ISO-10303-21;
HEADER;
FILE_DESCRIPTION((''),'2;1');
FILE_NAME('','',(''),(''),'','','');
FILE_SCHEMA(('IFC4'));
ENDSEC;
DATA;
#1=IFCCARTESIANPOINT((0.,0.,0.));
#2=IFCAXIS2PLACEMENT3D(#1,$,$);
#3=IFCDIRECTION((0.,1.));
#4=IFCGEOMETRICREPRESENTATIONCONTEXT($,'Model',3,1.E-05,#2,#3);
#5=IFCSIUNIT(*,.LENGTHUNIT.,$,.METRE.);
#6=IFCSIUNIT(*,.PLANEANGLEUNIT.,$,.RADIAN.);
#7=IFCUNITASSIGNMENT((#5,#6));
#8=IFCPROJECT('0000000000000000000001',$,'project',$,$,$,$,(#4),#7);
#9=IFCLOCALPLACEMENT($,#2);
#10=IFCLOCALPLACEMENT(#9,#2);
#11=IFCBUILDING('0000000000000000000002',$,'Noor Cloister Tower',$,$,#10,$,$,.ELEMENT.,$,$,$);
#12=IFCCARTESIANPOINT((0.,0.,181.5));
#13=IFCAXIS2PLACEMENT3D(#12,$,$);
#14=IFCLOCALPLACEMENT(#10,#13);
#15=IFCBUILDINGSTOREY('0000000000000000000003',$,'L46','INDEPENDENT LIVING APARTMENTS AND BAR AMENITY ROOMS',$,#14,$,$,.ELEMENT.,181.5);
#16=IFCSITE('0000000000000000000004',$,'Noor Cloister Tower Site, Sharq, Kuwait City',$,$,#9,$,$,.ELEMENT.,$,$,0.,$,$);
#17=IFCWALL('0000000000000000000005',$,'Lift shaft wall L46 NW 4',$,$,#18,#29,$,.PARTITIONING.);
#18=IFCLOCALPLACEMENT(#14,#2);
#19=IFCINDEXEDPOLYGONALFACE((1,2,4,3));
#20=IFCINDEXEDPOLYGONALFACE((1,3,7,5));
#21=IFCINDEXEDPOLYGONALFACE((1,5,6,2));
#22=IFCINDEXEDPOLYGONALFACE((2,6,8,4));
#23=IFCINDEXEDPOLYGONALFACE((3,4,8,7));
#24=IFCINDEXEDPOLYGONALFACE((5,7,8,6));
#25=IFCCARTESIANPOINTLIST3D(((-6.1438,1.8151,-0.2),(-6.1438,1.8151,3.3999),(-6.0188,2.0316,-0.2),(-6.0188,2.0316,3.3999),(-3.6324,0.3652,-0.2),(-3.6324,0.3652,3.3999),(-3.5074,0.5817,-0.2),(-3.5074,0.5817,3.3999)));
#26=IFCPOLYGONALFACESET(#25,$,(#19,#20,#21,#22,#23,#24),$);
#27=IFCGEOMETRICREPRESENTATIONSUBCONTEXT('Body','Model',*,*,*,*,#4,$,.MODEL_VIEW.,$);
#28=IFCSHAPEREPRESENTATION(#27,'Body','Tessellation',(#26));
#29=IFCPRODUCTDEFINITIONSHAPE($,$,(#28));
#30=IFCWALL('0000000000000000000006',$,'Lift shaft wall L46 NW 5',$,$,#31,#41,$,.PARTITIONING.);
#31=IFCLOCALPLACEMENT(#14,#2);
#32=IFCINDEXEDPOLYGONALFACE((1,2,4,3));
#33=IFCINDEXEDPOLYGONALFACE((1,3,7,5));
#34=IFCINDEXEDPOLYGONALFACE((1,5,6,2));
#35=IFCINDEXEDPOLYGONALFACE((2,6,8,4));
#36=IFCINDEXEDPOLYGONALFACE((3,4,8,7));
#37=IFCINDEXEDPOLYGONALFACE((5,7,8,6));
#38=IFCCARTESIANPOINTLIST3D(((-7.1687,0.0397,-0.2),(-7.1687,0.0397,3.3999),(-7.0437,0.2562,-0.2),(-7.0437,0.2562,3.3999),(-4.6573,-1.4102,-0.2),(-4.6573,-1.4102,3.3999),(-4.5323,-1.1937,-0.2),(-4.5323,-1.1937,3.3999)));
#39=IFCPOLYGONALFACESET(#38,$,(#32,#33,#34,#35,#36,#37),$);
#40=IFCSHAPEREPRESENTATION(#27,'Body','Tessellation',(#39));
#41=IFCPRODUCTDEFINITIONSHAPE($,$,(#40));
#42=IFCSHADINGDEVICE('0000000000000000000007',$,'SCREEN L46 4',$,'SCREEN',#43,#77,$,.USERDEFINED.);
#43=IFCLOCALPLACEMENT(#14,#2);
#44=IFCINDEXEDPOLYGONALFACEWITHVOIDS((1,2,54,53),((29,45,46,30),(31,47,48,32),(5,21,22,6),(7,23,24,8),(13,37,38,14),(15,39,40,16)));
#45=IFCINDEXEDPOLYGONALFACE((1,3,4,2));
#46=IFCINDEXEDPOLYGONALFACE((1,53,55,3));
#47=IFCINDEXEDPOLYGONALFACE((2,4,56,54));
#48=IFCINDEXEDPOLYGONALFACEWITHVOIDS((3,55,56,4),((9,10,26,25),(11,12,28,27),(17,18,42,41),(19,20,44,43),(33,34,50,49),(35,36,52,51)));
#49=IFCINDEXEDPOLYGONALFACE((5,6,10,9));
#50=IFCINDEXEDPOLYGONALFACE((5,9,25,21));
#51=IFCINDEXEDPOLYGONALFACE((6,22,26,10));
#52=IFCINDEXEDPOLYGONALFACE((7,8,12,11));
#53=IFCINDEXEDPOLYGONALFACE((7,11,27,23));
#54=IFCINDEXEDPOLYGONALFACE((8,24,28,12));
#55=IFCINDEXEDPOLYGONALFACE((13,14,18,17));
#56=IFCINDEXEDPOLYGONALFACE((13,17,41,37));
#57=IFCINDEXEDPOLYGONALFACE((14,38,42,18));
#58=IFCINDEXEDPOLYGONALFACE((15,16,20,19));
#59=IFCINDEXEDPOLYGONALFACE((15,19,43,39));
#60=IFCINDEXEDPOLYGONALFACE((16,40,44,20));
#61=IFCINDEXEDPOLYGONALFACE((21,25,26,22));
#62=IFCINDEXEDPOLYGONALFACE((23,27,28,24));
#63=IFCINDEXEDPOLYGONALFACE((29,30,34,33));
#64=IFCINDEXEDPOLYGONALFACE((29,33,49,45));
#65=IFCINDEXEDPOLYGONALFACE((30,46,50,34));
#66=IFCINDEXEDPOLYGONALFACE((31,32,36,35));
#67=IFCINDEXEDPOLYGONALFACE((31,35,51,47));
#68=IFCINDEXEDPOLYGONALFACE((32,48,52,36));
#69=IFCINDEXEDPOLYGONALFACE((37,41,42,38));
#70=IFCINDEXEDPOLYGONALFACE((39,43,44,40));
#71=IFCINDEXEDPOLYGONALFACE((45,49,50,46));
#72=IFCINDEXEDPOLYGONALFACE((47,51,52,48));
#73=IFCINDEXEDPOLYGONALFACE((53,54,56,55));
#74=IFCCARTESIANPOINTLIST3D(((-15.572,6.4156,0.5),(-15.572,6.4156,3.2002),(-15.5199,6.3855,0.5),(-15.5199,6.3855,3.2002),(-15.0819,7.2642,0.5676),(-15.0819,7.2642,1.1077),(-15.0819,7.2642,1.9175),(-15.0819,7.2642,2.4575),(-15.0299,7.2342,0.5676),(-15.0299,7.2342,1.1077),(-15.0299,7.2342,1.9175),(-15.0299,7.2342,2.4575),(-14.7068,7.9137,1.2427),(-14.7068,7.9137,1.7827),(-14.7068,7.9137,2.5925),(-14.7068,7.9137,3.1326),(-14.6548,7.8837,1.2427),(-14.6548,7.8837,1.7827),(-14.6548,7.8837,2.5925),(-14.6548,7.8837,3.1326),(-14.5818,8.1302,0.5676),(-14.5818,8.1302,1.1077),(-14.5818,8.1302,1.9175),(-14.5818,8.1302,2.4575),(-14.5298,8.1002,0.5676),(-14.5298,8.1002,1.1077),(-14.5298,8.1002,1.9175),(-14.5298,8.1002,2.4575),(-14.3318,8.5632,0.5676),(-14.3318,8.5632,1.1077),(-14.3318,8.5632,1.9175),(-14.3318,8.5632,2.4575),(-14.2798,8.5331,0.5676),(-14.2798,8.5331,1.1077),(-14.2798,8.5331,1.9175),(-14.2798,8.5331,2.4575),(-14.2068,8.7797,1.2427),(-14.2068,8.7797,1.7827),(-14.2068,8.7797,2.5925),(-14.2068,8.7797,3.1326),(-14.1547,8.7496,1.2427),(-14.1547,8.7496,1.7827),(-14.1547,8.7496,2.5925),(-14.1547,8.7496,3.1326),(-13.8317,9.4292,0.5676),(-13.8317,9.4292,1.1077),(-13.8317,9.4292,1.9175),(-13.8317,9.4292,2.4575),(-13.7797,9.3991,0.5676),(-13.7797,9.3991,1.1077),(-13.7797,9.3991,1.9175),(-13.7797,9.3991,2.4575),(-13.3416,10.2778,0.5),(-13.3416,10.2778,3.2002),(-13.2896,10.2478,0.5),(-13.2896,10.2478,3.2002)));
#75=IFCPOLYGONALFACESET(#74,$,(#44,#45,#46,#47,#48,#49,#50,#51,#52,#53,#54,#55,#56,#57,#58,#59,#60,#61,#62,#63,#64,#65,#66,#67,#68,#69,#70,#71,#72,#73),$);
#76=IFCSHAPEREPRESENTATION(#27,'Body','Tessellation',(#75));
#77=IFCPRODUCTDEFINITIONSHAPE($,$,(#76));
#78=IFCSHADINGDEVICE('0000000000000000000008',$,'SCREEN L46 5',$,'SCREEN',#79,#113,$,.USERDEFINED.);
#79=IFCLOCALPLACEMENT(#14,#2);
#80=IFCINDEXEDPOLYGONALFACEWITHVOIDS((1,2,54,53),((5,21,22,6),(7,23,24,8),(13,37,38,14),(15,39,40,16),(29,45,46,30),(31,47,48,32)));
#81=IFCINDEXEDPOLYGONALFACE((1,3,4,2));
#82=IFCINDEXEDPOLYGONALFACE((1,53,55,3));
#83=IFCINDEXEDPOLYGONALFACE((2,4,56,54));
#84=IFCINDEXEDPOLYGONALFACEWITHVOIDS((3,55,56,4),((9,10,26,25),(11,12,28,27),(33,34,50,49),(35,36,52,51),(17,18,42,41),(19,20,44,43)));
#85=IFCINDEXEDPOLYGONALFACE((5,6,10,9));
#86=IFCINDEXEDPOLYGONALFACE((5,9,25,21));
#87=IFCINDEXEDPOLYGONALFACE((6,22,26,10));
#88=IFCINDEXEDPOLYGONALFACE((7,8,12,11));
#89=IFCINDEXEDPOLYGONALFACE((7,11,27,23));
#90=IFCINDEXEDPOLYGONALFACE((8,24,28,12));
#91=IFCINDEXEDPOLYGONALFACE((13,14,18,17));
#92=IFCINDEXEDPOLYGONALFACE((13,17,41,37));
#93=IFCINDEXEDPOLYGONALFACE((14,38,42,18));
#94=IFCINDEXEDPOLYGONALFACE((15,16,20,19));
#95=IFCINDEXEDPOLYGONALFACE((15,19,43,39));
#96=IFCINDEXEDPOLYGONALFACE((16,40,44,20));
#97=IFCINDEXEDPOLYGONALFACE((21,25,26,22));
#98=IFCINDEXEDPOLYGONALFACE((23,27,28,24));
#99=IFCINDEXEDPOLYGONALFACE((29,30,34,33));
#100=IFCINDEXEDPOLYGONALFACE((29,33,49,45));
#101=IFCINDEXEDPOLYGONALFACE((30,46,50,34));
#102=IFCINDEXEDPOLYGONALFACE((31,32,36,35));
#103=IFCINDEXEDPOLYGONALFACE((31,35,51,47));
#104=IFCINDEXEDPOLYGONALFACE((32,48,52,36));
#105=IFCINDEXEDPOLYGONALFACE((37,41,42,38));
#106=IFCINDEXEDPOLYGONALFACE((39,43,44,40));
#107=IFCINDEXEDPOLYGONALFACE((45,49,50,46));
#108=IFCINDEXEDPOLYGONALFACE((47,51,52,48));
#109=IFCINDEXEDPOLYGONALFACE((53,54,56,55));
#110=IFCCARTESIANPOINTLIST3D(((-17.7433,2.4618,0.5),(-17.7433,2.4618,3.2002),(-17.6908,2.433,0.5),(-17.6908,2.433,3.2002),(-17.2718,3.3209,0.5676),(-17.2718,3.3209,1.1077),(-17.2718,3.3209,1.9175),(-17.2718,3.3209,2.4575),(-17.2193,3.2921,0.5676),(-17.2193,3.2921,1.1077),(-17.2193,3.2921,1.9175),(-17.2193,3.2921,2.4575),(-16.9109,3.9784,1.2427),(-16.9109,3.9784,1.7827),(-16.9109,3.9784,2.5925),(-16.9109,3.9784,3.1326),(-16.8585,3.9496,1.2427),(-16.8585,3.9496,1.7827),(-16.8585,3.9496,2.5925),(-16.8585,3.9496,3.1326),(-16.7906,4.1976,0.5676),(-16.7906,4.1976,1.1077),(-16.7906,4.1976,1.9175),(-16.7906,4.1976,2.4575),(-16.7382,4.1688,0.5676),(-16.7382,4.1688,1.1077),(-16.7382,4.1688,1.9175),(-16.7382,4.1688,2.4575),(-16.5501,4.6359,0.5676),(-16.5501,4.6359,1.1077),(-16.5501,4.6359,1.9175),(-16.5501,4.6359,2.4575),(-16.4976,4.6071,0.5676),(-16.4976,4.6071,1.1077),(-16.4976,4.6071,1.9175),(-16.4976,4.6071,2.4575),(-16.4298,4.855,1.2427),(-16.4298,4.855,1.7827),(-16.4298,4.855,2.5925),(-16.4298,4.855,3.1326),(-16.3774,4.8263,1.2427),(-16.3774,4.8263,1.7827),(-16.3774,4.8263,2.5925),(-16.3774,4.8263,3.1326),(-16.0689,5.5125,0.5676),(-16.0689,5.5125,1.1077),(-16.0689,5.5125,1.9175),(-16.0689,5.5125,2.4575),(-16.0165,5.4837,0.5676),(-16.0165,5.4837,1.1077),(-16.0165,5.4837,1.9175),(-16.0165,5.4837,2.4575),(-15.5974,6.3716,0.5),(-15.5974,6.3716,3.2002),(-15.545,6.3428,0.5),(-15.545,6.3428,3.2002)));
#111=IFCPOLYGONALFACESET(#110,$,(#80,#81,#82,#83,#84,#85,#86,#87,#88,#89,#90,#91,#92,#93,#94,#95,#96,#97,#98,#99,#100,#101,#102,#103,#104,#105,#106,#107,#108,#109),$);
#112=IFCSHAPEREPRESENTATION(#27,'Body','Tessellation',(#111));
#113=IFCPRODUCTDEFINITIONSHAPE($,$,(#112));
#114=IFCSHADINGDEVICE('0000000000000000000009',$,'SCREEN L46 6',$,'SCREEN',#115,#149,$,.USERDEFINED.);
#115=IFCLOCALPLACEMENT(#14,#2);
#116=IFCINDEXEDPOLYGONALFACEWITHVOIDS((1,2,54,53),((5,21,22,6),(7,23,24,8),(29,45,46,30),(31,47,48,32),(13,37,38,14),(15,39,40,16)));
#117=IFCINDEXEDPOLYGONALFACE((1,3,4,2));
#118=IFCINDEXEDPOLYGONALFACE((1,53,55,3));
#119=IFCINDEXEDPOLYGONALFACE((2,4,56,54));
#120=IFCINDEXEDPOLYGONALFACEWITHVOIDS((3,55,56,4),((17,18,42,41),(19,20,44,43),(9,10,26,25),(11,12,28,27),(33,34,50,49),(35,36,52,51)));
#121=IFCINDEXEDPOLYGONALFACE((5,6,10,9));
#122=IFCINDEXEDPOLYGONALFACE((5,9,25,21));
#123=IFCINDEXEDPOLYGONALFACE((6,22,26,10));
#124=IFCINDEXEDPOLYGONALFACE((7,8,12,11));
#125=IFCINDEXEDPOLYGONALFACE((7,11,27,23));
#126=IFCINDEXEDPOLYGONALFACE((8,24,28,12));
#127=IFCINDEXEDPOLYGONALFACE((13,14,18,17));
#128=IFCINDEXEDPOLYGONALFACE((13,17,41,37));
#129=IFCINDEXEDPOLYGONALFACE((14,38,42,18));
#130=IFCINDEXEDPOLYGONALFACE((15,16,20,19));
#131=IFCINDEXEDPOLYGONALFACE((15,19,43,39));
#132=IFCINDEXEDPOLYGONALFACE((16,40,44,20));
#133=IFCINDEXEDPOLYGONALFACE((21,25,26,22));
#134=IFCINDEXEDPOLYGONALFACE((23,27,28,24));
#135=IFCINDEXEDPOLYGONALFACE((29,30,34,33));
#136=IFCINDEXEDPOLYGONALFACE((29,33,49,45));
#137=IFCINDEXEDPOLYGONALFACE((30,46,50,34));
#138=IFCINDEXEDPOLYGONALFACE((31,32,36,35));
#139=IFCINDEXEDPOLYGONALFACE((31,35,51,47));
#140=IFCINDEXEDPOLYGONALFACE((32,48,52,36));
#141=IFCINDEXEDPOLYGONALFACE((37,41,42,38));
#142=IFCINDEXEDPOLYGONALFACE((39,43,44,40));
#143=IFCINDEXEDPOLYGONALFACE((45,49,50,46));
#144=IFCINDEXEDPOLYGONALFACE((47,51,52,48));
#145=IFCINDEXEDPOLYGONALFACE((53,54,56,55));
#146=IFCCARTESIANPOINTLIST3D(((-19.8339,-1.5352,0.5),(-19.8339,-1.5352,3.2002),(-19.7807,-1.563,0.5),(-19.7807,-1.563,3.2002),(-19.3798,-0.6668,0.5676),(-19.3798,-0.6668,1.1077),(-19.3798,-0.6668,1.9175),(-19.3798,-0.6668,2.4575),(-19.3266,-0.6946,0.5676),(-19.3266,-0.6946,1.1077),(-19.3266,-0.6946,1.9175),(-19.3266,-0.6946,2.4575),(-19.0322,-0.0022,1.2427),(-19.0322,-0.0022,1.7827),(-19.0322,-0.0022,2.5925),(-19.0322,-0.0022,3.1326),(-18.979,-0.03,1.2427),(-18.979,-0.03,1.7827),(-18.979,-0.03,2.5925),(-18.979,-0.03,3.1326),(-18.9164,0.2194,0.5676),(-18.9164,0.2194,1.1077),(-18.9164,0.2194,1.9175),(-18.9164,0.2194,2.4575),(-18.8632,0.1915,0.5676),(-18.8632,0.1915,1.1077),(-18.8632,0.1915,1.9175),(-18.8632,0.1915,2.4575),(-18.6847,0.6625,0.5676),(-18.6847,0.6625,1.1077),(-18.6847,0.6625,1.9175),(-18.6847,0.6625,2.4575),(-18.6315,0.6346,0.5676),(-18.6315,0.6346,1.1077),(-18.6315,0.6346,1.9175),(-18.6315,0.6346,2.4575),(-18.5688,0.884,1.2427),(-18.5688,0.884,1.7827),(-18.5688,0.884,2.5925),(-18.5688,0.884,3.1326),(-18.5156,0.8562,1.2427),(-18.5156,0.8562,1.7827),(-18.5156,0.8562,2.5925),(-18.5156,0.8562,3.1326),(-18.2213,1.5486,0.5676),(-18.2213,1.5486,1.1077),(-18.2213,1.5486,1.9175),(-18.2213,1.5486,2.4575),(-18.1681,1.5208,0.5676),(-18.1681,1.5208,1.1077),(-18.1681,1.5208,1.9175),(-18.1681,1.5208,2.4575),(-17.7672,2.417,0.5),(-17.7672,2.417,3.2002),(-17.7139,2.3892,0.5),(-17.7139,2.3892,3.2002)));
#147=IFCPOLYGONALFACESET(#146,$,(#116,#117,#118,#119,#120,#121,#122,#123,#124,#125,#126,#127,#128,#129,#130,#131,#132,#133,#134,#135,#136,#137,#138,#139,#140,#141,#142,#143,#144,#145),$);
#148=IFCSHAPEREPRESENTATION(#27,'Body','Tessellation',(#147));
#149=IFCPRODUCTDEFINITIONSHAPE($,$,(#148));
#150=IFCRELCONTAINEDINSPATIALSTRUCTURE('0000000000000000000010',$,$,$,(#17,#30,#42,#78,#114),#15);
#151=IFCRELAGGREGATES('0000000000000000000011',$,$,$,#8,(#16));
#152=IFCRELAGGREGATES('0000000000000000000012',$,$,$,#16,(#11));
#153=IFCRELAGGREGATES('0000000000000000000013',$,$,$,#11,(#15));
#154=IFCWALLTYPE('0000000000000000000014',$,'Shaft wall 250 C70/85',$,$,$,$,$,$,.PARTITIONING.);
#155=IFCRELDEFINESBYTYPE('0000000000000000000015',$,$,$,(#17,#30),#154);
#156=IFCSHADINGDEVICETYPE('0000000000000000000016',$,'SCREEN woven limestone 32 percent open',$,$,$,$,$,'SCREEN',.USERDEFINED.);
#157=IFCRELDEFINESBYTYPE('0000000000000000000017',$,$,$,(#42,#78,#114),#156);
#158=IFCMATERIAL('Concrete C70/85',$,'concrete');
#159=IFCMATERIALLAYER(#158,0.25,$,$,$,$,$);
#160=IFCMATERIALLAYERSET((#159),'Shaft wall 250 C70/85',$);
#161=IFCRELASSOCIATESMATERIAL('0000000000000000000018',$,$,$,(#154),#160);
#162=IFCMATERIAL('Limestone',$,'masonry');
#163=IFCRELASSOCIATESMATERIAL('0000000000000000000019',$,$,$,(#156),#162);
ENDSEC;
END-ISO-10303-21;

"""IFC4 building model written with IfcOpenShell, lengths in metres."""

from ifc_helpers import new_model, si_unit, direction, frame, frame_2d, origin, place, context, subcontext, project, spatial, polyline, rectangle, outline, extrude, material, layer, layer_set, material_profile, profile_set, type_object, element, save


model = new_model("IFC4")

# Units and contexts
model_context = context("Model", 3, precision=1e-05, world=origin(), true_north=direction((0.0, 1.0)))
body_context = subcontext(model_context, "Body", "Model", "MODEL_VIEW")
ifc_project = project(units=[si_unit("LENGTHUNIT", "METRE"), si_unit("PLANEANGLEUNIT", "RADIAN")], contexts=[model_context])

# Site, building, storey
site_placement = place(None, origin())
site = spatial("IfcSite", under=ifc_project, at=site_placement, Name="Noor Cloister Tower Site, Sharq, Kuwait City", CompositionType="ELEMENT", RefElevation=0.0)
building_placement = place(site_placement, origin())
building = spatial("IfcBuilding", under=site, at=building_placement, Name="Noor Cloister Tower", CompositionType="ELEMENT")
storey_placement = place(building_placement, frame((0.0, 0.0, 181.5)))
storey = spatial("IfcBuildingStorey", under=building, at=storey_placement, Name="L46", Description="INDEPENDENT LIVING APARTMENTS AND BAR AMENITY ROOMS", CompositionType="ELEMENT", Elevation=181.5)

# Walls
ifc_material_1 = material(Name="Concrete C70/85", Category="concrete")
ifc_layer_1 = layer(ifc_material_1, 0.25)
ifc_layer_set_1 = layer_set([ifc_layer_1], Name="Shaft wall 250 C70/85")
wall_type_1 = type_object("IfcWallType", Name="Shaft wall 250 C70/85", PredefinedType="PARTITIONING", material=ifc_layer_set_1)
for number, where, z_axis, x_axis, name in (
    (1, (-6.0813, 1.9233, -0.2), (0.0, 0.0, 1.0), (0.866033, -0.499987, 0.0), "Lift shaft wall L46 NW 4"),
    (2, (-7.1062, 0.1479, -0.2), (0.0, 0.0, 1.0), (0.866033, -0.499987, 0.0), "Lift shaft wall L46 NW 5"),
):
    element("IfcWall", number, at=place(storey_placement, frame(where, z_axis=z_axis, x_axis=x_axis)), inside=storey, type_object=wall_type_1, Name=name, PredefinedType="PARTITIONING", context=body_context, shape_type="SweptSolid", body=[
        extrude(rectangle(XDim=2.8999, YDim=0.25, at=frame_2d((1.45, 0.0))), origin(), (0.0, 0.0, 1.0), 3.5999),
    ])

# Shading devices
ifc_material_2 = material(Name="Limestone", Category="masonry")
ifc_material_profile_1 = material_profile(ifc_material_2, outline(polyline([(-2.23, -1.3501), (2.23, -1.3501), (2.23, 1.3501), (-2.23, 1.3501), (-2.23, -1.3501)]), holes=[polyline([(-1.25, -1.2825), (-0.25, -1.2825), (-0.25, -0.7424), (-1.25, -0.7424), (-1.25, -1.2825)]), polyline([(0.25, -1.2825), (1.25, -1.2825), (1.25, -0.7424), (0.25, -0.7424), (0.25, -1.2825)]), polyline([(-0.5, -0.6074), (0.5, -0.6074), (0.5, -0.0674), (-0.5, -0.0674), (-0.5, -0.6074)]), polyline([(-1.25, 0.0674), (-0.25, 0.0674), (-0.25, 0.6074), (-1.25, 0.6074), (-1.25, 0.0674)]), polyline([(0.25, 0.0674), (1.25, 0.0674), (1.25, 0.6074), (0.25, 0.6074), (0.25, 0.0674)]), polyline([(-0.5, 0.7424), (0.5, 0.7424), (0.5, 1.2825), (-0.5, 1.2825), (-0.5, 0.7424)])]), Name="Woven screen 32 percent open")
ifc_profile_set_1 = profile_set([ifc_material_profile_1], Name="Limestone")
shading_device_type = type_object("IfcShadingDeviceType", Name="SCREEN woven limestone 32 percent open", ElementType="SCREEN", PredefinedType="USERDEFINED", material=ifc_profile_set_1)
shading_device_1_placement = place(storey_placement, frame((-14.4048, 8.3167, 1.8501), z_axis=(-0.865982, 0.500074, 0.0), x_axis=(-0.500074, -0.865982, 0.0)))
element("IfcShadingDevice", 3, at=shading_device_1_placement, inside=storey, type_object=shading_device_type, Name="SCREEN L46 4", ObjectType="SCREEN", PredefinedType="USERDEFINED", context=body_context, shape_type="SweptSolid", body=[
    extrude(outline(polyline([(-2.23, -1.3501), (2.23, -1.3501), (2.23, 1.3501), (-2.23, 1.3501), (-2.23, -1.3501)]), holes=[polyline([(-1.25, -1.2825), (-0.25, -1.2825), (-0.25, -0.7424), (-1.25, -0.7424), (-1.25, -1.2825)]), polyline([(0.25, -1.2825), (1.25, -1.2825), (1.25, -0.7424), (0.25, -0.7424), (0.25, -1.2825)]), polyline([(-0.5, -0.6074), (0.5, -0.6074), (0.5, -0.0674), (-0.5, -0.0674), (-0.5, -0.6074)]), polyline([(-1.25, 0.0674), (-0.25, 0.0674), (-0.25, 0.6074), (-1.25, 0.6074), (-1.25, 0.0674)]), polyline([(0.25, 0.0674), (1.25, 0.0674), (1.25, 0.6074), (0.25, 0.6074), (0.25, 0.0674)]), polyline([(-0.5, 0.7424), (0.5, 0.7424), (0.5, 1.2825), (-0.5, 1.2825), (-0.5, 0.7424)])]), origin(), (0.0, 0.0, 1.0), 0.0601),
])
shading_device_2_placement = place(storey_placement, frame((-16.6179, 4.3879, 1.8501), z_axis=(-0.876646, 0.481136, 0.0), x_axis=(-0.481136, -0.876646, 0.0)))
element("IfcShadingDevice", 4, at=shading_device_2_placement, inside=storey, type_object=shading_device_type, Name="SCREEN L46 5", ObjectType="SCREEN", PredefinedType="USERDEFINED", context=body_context, shape_type="SweptSolid", body=[
    extrude(outline(polyline([(-2.23, -1.3501), (2.23, -1.3501), (2.23, 1.3501), (-2.23, 1.3501), (-2.23, -1.3501)]), holes=[polyline([(-1.25, -1.2825), (-0.25, -1.2825), (-0.25, -0.7424), (-1.25, -0.7424), (-1.25, -1.2825)]), polyline([(0.25, -1.2825), (1.25, -1.2825), (1.25, -0.7424), (0.25, -0.7424), (0.25, -1.2825)]), polyline([(-0.5, -0.6074), (0.5, -0.6074), (0.5, -0.0674), (-0.5, -0.0674), (-0.5, -0.6074)]), polyline([(-1.25, 0.0674), (-0.25, 0.0674), (-0.25, 0.6074), (-1.25, 0.6074), (-1.25, 0.0674)]), polyline([(0.25, 0.0674), (1.25, 0.0674), (1.25, 0.6074), (0.25, 0.6074), (0.25, 0.0674)]), polyline([(-0.5, 0.7424), (0.5, 0.7424), (0.5, 1.2825), (-0.5, 1.2825), (-0.5, 0.7424)])]), origin(), (0.0, 0.0, 1.0), 0.0598),
])
shading_device_3_placement = place(storey_placement, frame((-18.7473, 0.4131, 1.8501), z_axis=(-0.88615, 0.463399, 0.0), x_axis=(-0.463399, -0.88615, 0.0)))
element("IfcShadingDevice", 5, at=shading_device_3_placement, inside=storey, type_object=shading_device_type, Name="SCREEN L46 6", ObjectType="SCREEN", PredefinedType="USERDEFINED", context=body_context, shape_type="SweptSolid", body=[
    extrude(outline(polyline([(-2.23, -1.3501), (2.23, -1.3501), (2.23, 1.3501), (-2.23, 1.3501), (-2.23, -1.3501)]), holes=[polyline([(-1.25, -1.2825), (-0.25, -1.2825), (-0.25, -0.7424), (-1.25, -0.7424), (-1.25, -1.2825)]), polyline([(0.25, -1.2825), (1.25, -1.2825), (1.25, -0.7424), (0.25, -0.7424), (0.25, -1.2825)]), polyline([(-0.5, -0.6074), (0.5, -0.6074), (0.5, -0.0674), (-0.5, -0.0674), (-0.5, -0.6074)]), polyline([(-1.25, 0.0674), (-0.25, 0.0674), (-0.25, 0.6074), (-1.25, 0.6074), (-1.25, 0.0674)]), polyline([(0.25, 0.0674), (1.25, 0.0674), (1.25, 0.6074), (0.25, 0.6074), (0.25, 0.0674)]), polyline([(-0.5, 0.7424), (0.5, 0.7424), (0.5, 1.2825), (-0.5, 1.2825), (-0.5, 0.7424)])]), origin(), (0.0, 0.0, 1.0), 0.0601),
])

save(model, "model.ifc")
